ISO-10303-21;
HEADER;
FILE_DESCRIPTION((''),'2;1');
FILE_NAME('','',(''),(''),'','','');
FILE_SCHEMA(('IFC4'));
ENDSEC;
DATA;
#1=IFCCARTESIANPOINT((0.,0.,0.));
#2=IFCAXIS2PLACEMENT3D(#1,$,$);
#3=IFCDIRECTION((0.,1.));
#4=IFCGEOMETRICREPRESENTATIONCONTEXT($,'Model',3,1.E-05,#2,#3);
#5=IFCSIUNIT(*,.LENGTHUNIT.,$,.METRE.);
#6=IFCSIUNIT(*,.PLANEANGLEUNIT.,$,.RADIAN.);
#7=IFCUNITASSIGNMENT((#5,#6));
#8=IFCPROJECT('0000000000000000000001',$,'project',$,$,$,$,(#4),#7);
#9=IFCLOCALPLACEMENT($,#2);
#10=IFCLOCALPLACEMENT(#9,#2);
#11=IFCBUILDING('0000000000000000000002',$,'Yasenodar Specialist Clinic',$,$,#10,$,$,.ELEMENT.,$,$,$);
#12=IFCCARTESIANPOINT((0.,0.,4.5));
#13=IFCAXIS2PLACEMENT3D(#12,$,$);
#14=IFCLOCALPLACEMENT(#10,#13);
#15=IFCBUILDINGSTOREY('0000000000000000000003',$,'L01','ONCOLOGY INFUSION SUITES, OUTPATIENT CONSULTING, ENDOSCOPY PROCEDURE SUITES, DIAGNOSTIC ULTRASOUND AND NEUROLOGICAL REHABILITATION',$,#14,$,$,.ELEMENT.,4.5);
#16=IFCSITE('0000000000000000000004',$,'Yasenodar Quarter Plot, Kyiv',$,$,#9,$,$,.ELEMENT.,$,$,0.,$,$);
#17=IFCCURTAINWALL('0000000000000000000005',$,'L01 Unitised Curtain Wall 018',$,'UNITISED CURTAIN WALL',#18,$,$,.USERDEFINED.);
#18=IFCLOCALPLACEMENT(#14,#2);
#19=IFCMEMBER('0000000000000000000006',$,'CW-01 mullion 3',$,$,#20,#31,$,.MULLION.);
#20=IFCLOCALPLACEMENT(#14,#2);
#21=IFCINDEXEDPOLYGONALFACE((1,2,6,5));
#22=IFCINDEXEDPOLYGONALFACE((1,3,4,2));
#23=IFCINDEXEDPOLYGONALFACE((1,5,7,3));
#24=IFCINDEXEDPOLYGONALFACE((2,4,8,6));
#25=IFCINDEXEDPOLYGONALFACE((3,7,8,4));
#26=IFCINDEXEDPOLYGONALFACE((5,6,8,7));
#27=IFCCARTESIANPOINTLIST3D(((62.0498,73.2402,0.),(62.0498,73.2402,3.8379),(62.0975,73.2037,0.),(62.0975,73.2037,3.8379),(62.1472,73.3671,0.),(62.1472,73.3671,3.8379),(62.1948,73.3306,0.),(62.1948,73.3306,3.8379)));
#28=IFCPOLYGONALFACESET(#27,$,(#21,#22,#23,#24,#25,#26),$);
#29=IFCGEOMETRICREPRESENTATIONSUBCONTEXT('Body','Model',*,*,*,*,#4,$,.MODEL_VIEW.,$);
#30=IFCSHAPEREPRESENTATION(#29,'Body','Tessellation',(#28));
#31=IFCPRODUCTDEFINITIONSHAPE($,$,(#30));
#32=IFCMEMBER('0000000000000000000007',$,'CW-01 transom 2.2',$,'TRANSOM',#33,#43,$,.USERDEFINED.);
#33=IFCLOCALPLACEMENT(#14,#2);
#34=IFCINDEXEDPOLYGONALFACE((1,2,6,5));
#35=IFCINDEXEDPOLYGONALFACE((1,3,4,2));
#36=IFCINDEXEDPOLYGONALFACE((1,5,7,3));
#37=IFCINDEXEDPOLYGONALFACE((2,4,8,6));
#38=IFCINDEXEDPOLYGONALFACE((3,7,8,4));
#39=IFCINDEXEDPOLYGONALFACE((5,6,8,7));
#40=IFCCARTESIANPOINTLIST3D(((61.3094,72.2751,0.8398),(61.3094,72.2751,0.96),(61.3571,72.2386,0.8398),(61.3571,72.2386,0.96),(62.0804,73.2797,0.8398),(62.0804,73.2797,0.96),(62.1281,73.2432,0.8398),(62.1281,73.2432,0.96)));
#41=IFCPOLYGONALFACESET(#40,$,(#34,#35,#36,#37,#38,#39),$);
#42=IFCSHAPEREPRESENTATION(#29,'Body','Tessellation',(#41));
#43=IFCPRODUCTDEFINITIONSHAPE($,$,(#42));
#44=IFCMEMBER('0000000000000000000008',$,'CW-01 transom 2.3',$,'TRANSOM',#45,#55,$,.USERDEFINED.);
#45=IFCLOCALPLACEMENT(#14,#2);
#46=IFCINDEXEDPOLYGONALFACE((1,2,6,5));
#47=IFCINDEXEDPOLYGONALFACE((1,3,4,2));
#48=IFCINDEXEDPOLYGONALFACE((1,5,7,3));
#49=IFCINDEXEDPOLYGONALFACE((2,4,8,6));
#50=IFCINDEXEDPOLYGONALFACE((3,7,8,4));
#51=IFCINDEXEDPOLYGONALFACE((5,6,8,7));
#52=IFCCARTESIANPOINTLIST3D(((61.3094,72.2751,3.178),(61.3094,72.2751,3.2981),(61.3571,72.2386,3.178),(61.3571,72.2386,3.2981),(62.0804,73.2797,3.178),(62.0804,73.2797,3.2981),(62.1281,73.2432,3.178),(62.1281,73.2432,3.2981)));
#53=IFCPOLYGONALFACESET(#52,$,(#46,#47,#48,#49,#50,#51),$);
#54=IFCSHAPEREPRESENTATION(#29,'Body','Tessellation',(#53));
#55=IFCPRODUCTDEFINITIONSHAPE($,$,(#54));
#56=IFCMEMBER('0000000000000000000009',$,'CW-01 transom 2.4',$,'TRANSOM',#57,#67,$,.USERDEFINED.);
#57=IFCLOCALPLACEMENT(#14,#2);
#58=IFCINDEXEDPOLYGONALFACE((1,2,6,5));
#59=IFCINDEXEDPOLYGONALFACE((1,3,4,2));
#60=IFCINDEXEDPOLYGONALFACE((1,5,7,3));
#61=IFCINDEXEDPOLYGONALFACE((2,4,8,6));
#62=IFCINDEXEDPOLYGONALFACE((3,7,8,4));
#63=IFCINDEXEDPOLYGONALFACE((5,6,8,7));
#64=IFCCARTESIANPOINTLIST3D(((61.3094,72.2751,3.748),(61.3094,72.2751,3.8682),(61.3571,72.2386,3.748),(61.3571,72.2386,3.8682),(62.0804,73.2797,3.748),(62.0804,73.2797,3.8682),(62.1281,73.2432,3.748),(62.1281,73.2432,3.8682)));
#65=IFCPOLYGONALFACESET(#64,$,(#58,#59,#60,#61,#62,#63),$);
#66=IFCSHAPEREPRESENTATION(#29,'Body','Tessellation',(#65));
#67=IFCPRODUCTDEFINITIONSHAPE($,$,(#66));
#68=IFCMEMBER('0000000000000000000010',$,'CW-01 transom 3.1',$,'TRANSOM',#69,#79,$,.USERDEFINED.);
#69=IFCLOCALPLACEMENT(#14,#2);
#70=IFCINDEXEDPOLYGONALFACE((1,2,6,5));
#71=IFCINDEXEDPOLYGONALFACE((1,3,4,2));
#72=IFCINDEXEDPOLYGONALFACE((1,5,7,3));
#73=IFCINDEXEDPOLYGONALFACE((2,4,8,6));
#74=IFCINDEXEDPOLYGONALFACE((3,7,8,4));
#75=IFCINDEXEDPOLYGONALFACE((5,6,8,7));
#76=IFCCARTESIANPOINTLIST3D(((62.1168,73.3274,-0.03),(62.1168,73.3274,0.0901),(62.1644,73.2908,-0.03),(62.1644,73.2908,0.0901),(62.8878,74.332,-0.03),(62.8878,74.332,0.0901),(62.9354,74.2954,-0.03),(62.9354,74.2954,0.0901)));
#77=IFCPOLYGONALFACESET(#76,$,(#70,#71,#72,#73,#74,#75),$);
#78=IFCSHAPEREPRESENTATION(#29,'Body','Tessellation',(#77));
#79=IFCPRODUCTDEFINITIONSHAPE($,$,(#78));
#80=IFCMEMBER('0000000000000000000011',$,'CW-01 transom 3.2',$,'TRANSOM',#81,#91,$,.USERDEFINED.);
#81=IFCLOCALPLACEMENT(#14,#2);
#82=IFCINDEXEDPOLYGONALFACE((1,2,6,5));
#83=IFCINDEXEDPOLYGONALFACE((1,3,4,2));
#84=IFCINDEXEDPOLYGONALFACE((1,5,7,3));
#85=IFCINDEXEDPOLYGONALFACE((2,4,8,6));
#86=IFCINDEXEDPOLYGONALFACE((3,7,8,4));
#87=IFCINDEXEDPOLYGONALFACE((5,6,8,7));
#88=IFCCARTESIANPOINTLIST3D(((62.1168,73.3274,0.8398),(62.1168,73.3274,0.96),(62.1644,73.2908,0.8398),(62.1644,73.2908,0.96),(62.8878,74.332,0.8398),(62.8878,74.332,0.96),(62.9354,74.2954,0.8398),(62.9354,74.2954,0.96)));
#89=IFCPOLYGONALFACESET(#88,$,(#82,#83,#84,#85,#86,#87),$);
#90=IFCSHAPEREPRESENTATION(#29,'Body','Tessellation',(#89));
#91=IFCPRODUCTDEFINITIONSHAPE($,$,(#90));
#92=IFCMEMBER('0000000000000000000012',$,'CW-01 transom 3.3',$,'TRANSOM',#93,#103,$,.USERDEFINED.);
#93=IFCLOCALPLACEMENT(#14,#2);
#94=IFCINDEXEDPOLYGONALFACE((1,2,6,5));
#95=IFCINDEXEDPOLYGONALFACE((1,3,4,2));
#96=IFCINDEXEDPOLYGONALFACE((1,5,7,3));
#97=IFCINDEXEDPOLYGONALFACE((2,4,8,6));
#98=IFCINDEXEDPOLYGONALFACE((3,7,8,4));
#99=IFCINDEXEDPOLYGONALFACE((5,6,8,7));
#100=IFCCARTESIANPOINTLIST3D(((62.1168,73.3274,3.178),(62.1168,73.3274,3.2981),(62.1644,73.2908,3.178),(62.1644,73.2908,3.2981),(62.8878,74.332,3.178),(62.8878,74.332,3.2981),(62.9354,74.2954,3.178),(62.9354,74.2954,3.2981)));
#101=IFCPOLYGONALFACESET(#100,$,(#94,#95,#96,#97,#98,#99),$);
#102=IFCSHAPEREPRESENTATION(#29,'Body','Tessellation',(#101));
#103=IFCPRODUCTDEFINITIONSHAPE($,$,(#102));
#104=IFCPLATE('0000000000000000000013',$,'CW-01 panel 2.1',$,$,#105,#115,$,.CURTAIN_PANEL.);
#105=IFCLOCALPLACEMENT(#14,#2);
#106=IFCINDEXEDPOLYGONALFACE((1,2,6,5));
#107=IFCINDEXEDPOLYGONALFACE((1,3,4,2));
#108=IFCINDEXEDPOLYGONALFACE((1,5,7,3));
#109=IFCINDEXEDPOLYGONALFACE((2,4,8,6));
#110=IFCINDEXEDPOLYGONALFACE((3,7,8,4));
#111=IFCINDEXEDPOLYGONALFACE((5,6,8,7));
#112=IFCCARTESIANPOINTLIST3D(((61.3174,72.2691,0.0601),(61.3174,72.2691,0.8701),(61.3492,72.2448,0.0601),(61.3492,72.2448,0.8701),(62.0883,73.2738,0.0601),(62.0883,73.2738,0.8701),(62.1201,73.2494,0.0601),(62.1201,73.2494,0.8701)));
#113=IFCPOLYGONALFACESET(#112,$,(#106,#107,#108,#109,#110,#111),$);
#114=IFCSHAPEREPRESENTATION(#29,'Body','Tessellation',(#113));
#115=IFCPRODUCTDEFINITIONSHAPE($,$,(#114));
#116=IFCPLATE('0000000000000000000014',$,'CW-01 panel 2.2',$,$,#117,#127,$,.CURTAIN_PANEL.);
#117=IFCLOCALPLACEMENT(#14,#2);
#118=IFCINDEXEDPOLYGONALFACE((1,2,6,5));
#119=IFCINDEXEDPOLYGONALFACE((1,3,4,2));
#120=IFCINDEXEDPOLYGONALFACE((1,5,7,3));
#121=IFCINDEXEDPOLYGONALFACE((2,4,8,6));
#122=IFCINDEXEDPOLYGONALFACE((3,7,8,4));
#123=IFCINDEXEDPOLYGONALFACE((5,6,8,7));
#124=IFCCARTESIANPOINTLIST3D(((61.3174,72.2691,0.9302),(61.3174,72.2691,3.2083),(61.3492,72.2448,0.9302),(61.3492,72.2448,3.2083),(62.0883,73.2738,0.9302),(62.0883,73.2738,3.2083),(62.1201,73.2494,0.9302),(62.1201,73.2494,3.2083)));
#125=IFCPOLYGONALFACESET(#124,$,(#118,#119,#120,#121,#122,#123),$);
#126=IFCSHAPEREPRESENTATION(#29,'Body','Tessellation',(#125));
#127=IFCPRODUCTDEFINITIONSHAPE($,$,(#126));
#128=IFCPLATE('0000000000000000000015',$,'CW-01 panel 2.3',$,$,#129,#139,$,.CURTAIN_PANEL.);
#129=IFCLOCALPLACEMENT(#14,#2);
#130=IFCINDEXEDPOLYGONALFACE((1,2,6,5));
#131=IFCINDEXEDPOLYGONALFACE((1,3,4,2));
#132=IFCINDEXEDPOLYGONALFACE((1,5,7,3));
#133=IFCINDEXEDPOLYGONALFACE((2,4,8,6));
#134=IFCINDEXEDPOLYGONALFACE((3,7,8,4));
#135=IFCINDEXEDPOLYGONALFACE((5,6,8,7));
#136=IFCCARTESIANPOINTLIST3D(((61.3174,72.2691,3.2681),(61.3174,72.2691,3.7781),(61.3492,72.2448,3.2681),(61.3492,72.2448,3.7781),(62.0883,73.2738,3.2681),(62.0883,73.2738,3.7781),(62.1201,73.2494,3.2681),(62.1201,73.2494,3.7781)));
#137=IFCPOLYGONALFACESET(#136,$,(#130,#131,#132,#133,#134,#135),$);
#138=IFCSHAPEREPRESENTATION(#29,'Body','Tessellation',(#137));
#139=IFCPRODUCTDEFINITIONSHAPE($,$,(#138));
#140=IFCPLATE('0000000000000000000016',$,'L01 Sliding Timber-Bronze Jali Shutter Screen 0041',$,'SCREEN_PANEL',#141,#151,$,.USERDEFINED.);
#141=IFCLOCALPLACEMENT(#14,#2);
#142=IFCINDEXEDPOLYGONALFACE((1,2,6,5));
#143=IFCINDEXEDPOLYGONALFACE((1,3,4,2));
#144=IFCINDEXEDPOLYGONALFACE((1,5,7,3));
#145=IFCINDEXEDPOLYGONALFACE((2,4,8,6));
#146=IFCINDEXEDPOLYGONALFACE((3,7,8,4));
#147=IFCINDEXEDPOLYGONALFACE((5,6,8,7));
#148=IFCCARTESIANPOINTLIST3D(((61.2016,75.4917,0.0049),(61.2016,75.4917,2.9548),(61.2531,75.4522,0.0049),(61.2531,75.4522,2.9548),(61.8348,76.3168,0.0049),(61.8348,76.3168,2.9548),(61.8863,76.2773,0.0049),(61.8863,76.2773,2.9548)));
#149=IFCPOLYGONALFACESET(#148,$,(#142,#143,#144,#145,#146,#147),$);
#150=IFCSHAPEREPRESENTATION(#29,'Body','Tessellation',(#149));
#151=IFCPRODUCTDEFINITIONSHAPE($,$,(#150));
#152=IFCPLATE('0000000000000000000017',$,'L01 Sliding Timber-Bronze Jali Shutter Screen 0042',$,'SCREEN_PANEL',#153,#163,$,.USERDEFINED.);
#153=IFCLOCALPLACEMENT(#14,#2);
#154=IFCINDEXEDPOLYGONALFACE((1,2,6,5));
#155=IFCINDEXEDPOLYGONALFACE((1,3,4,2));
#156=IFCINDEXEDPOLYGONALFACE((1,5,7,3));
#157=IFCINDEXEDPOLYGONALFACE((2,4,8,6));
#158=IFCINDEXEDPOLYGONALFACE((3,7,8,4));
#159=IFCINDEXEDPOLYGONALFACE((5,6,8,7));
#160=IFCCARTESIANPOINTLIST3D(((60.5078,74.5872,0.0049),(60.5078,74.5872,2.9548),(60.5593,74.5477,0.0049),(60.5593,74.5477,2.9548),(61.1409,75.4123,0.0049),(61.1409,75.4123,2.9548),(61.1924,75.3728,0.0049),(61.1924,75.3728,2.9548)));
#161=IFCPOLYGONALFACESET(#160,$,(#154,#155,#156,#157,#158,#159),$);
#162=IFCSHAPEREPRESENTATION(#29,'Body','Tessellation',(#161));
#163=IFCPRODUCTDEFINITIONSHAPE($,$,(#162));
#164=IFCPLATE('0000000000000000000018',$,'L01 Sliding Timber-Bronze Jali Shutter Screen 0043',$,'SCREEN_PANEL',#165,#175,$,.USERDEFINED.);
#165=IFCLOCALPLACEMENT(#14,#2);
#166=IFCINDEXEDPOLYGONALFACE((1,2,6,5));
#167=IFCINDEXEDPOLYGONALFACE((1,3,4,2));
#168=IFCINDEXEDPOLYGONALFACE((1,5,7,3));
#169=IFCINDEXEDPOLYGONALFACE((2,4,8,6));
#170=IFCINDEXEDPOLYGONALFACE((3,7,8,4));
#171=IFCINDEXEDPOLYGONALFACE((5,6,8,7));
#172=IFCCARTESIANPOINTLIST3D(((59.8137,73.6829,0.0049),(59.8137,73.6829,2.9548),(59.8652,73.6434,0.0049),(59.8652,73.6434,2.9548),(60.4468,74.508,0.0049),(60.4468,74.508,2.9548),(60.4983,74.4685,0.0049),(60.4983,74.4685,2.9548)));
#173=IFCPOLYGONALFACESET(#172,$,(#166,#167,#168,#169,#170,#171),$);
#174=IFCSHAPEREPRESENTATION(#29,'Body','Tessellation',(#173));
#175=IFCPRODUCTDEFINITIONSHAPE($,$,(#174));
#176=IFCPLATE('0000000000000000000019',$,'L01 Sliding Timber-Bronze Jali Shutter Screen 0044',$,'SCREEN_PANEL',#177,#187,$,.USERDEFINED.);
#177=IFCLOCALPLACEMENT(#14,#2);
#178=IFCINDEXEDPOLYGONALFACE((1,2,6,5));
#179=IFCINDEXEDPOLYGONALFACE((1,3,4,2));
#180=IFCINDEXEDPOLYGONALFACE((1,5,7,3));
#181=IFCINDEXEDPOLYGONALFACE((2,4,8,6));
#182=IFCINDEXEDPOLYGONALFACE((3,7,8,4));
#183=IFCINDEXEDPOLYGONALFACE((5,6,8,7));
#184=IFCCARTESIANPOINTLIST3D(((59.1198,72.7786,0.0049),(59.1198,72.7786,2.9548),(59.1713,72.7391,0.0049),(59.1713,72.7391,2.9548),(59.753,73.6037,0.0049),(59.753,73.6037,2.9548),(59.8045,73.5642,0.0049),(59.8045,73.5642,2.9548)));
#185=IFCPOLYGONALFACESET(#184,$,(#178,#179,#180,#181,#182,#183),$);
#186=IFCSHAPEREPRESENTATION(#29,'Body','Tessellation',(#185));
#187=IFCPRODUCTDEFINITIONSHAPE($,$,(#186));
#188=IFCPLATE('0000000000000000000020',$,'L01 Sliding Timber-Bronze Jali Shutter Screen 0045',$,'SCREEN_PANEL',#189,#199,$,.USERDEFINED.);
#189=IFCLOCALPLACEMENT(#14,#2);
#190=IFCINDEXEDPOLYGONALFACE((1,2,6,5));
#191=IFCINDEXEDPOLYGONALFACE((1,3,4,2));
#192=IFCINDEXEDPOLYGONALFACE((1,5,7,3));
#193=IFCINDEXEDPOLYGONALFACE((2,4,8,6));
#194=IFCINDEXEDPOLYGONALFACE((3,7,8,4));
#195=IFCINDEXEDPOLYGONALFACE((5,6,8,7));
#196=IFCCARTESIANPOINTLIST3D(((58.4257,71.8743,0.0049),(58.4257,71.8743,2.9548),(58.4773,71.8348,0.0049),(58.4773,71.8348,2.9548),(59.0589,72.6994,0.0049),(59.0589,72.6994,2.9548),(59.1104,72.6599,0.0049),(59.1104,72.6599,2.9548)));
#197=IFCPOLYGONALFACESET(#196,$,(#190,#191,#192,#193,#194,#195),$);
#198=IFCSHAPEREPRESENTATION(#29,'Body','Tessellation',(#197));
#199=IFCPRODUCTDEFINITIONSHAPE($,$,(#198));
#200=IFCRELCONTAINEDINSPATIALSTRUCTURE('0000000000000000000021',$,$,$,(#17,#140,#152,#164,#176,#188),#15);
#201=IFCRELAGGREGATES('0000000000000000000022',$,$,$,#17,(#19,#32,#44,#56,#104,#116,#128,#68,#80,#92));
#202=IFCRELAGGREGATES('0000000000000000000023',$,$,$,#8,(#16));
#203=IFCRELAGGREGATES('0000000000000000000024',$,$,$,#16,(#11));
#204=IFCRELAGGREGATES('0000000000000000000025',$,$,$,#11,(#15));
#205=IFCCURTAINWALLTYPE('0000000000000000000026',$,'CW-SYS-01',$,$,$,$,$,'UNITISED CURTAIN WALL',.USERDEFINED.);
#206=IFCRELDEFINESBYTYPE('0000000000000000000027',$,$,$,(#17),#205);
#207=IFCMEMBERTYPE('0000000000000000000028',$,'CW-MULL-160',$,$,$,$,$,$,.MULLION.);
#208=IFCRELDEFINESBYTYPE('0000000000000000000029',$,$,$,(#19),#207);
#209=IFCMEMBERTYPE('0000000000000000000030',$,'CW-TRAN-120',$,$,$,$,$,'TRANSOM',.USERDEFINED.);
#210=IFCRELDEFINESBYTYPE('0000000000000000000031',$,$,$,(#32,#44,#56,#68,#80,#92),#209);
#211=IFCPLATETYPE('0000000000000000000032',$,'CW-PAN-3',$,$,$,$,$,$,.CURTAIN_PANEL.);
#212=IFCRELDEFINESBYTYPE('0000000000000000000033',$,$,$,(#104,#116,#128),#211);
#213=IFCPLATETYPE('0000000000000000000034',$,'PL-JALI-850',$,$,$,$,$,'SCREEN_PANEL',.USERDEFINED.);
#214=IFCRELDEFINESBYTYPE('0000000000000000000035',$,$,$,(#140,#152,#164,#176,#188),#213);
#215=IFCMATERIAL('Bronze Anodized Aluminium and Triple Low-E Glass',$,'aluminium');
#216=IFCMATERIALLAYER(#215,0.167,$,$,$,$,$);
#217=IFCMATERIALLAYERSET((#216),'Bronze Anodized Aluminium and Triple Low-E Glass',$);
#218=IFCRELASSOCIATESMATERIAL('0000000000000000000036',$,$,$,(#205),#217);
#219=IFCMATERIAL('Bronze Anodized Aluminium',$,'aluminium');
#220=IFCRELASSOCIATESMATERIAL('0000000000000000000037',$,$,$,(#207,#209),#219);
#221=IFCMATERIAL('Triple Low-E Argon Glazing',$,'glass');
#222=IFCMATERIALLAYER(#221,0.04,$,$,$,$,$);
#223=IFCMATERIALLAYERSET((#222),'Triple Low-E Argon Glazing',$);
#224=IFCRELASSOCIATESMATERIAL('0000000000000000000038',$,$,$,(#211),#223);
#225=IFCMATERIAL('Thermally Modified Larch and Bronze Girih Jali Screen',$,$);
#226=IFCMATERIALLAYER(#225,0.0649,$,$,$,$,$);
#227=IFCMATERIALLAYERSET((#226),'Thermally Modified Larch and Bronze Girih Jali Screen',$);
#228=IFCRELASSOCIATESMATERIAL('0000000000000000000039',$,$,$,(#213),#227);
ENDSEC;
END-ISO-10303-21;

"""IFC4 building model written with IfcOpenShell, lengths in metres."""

from ifc_helpers import new_model, si_unit, direction, frame, origin, origin_2d, place, context, subcontext, project, spatial, rectangle, extrude, material, layer, layer_set, material_profile, profile_set, type_object, element, aggregate, save


model = new_model("IFC4")

# Units and contexts
model_context = context("Model", 3, precision=1e-05, world=origin(), true_north=direction((0.0, 1.0)))
body_context = subcontext(model_context, "Body", "Model", "MODEL_VIEW")
ifc_project = project(units=[si_unit("LENGTHUNIT", "METRE"), si_unit("PLANEANGLEUNIT", "RADIAN")], contexts=[model_context])

# Site, building, storey
site_placement = place(None, origin())
site = spatial("IfcSite", under=ifc_project, at=site_placement, Name="Yasenodar Quarter Plot, Kyiv", CompositionType="ELEMENT", RefElevation=0.0)
building_placement = place(site_placement, origin())
building = spatial("IfcBuilding", under=site, at=building_placement, Name="Yasenodar Specialist Clinic", CompositionType="ELEMENT")
storey_placement = place(building_placement, frame((0.0, 0.0, 4.5)))
storey = spatial("IfcBuildingStorey", under=building, at=storey_placement, Name="L01", Description="ONCOLOGY INFUSION SUITES, OUTPATIENT CONSULTING, ENDOSCOPY PROCEDURE SUITES, DIAGNOSTIC ULTRASOUND AND NEUROLOGICAL REHABILITATION", CompositionType="ELEMENT", Elevation=4.5)

# Curtain wall, members, plates
ifc_material_1 = material(Name="Bronze Anodized Aluminium and Triple Low-E Glass", Category="aluminium")
ifc_layer_1 = layer(ifc_material_1, 0.167)
ifc_layer_set_1 = layer_set([ifc_layer_1], Name="Bronze Anodized Aluminium and Triple Low-E Glass")
curtain_wall_type = type_object("IfcCurtainWallType", Name="CW-SYS-01", ElementType="UNITISED CURTAIN WALL", PredefinedType="USERDEFINED", material=ifc_layer_set_1)
curtain_wall_placement = place(storey_placement, origin())
curtain_wall = element("IfcCurtainWall", 1, at=curtain_wall_placement, inside=storey, type_object=curtain_wall_type, Name="L01 Unitised Curtain Wall 018", ObjectType="UNITISED CURTAIN WALL", PredefinedType="USERDEFINED")
ifc_material_2 = material(Name="Bronze Anodized Aluminium", Category="aluminium")
ifc_material_profile_1 = material_profile(ifc_material_2, rectangle(XDim=0.0601, YDim=0.1599, at=origin_2d()), Name="CW-MULL 60x160")
ifc_profile_set_1 = profile_set([ifc_material_profile_1], Name="Bronze Anodized Aluminium")
member_type_1 = type_object("IfcMemberType", Name="CW-MULL-160", PredefinedType="MULLION", material=ifc_profile_set_1)
member_1_placement = place(storey_placement, frame((62.1223, 73.2854, 0.0), z_axis=(0.0, 0.0, 1.0), x_axis=(-0.793361, 0.608752, 0.0)))
member_1 = element("IfcMember", 2, at=member_1_placement, type_object=member_type_1, Name="CW-01 mullion 3", PredefinedType="MULLION", context=body_context, shape_type="SweptSolid", body=[
    extrude(rectangle(XDim=0.0601, YDim=0.1599, at=origin_2d()), origin(), (0.0, 0.0, 1.0), 3.8379),
])
ifc_material_profile_2 = material_profile(ifc_material_2, rectangle(XDim=0.0601, YDim=0.1201, at=origin_2d()), Name="CW-TRAN 60x120")
ifc_profile_set_2 = profile_set([ifc_material_profile_2], Name="Bronze Anodized Aluminium")
member_type_2 = type_object("IfcMemberType", Name="CW-TRAN-120", ElementType="TRANSOM", PredefinedType="USERDEFINED", material=ifc_profile_set_2)
member_2_placement = place(storey_placement, frame((61.3333, 72.2568, 0.8999), z_axis=(0.608816, 0.793311, 0.0), x_axis=(-0.793311, 0.608816, 0.0)))
member_2 = element("IfcMember", 3, at=member_2_placement, type_object=member_type_2, Name="CW-01 transom 2.2", ObjectType="TRANSOM", PredefinedType="USERDEFINED", context=body_context, shape_type="SweptSolid", body=[
    extrude(rectangle(XDim=0.0601, YDim=0.1201, at=origin_2d()), origin(), (0.0, 0.0, 1.0), 1.2664),
])
member_3_placement = place(storey_placement, frame((61.3333, 72.2568, 3.238), z_axis=(0.608816, 0.793311, 0.0), x_axis=(-0.793311, 0.608816, 0.0)))
member_3 = element("IfcMember", 4, at=member_3_placement, type_object=member_type_2, Name="CW-01 transom 2.3", ObjectType="TRANSOM", PredefinedType="USERDEFINED", context=body_context, shape_type="SweptSolid", body=[
    extrude(rectangle(XDim=0.0601, YDim=0.1201, at=origin_2d()), origin(), (0.0, 0.0, 1.0), 1.2664),
])
member_4_placement = place(storey_placement, frame((61.3333, 72.2568, 3.8081), z_axis=(0.608816, 0.793311, 0.0), x_axis=(-0.793311, 0.608816, 0.0)))
member_4 = element("IfcMember", 5, at=member_4_placement, type_object=member_type_2, Name="CW-01 transom 2.4", ObjectType="TRANSOM", PredefinedType="USERDEFINED", context=body_context, shape_type="SweptSolid", body=[
    extrude(rectangle(XDim=0.0601, YDim=0.1201, at=origin_2d()), origin(), (0.0, 0.0, 1.0), 1.2664),
])
member_5_placement = place(storey_placement, frame((62.1406, 73.3091, 0.03), z_axis=(0.608816, 0.793311, 0.0), x_axis=(-0.793311, 0.608816, 0.0)))
member_5 = element("IfcMember", 6, at=member_5_placement, type_object=member_type_2, Name="CW-01 transom 3.1", ObjectType="TRANSOM", PredefinedType="USERDEFINED", context=body_context, shape_type="SweptSolid", body=[
    extrude(rectangle(XDim=0.0601, YDim=0.1201, at=origin_2d()), origin(), (0.0, 0.0, 1.0), 1.2664),
])
member_6_placement = place(storey_placement, frame((62.1406, 73.3091, 0.8999), z_axis=(0.608816, 0.793311, 0.0), x_axis=(-0.793311, 0.608816, 0.0)))
member_6 = element("IfcMember", 7, at=member_6_placement, type_object=member_type_2, Name="CW-01 transom 3.2", ObjectType="TRANSOM", PredefinedType="USERDEFINED", context=body_context, shape_type="SweptSolid", body=[
    extrude(rectangle(XDim=0.0601, YDim=0.1201, at=origin_2d()), origin(), (0.0, 0.0, 1.0), 1.2664),
])
member_7_placement = place(storey_placement, frame((62.1406, 73.3091, 3.238), z_axis=(0.608816, 0.793311, 0.0), x_axis=(-0.793311, 0.608816, 0.0)))
member_7 = element("IfcMember", 8, at=member_7_placement, type_object=member_type_2, Name="CW-01 transom 3.3", ObjectType="TRANSOM", PredefinedType="USERDEFINED", context=body_context, shape_type="SweptSolid", body=[
    extrude(rectangle(XDim=0.0601, YDim=0.1201, at=origin_2d()), origin(), (0.0, 0.0, 1.0), 1.2664),
])
ifc_material_3 = material(Name="Triple Low-E Argon Glazing", Category="glass")
ifc_layer_2 = layer(ifc_material_3, 0.04)
ifc_layer_set_2 = layer_set([ifc_layer_2], Name="Triple Low-E Argon Glazing")
plate_type_1 = type_object("IfcPlateType", Name="CW-PAN-3", PredefinedType="CURTAIN_PANEL", material=ifc_layer_set_2)
plate_1_placement = place(storey_placement, frame((61.7188, 72.7593, 0.0601), z_axis=(0.0, 0.0, 1.0), x_axis=(0.608752, 0.793361, 0.0)))
plate_1 = element("IfcPlate", 9, at=plate_1_placement, type_object=plate_type_1, Name="CW-01 panel 2.1", PredefinedType="CURTAIN_PANEL", context=body_context, shape_type="SweptSolid", body=[
    extrude(rectangle(XDim=1.2664, YDim=0.04, at=origin_2d()), origin(), (0.0, 0.0, 1.0), 0.8101),
])
plate_2_placement = place(storey_placement, frame((61.7188, 72.7593, 0.9302), z_axis=(0.0, 0.0, 1.0), x_axis=(0.608752, 0.793361, 0.0)))
plate_2 = element("IfcPlate", 10, at=plate_2_placement, type_object=plate_type_1, Name="CW-01 panel 2.2", PredefinedType="CURTAIN_PANEL", context=body_context, shape_type="SweptSolid", body=[
    extrude(rectangle(XDim=1.2664, YDim=0.04, at=origin_2d()), origin(), (0.0, 0.0, 1.0), 2.2781),
])
plate_3_placement = place(storey_placement, frame((61.7188, 72.7593, 3.2681), z_axis=(0.0, 0.0, 1.0), x_axis=(0.608752, 0.793361, 0.0)))
plate_3 = element("IfcPlate", 11, at=plate_3_placement, type_object=plate_type_1, Name="CW-01 panel 2.3", PredefinedType="CURTAIN_PANEL", context=body_context, shape_type="SweptSolid", body=[
    extrude(rectangle(XDim=1.2664, YDim=0.04, at=origin_2d()), origin(), (0.0, 0.0, 1.0), 0.51),
])
aggregate(curtain_wall, [member_1, member_2, member_3, member_4, plate_1, plate_2, plate_3, member_5, member_6, member_7])

# Plates
ifc_material_4 = material(Name="Thermally Modified Larch and Bronze Girih Jali Screen")
ifc_layer_3 = layer(ifc_material_4, 0.0649)
ifc_layer_set_3 = layer_set([ifc_layer_3], Name="Thermally Modified Larch and Bronze Girih Jali Screen")
plate_type_2 = type_object("IfcPlateType", Name="PL-JALI-850", ElementType="SCREEN_PANEL", PredefinedType="USERDEFINED", material=ifc_layer_set_3)
for number, where, z_axis, x_axis, name in (
    (12, (61.5439, 75.8845, 0.0049), (0.0, 0.0, 1.0), (-0.608764, -0.793351, 0.0), "L01 Sliding Timber-Bronze Jali Shutter Screen 0041"),
    (13, (60.8501, 74.98, 0.0049), (0.0, 0.0, 1.0), (-0.608764, -0.793351, 0.0), "L01 Sliding Timber-Bronze Jali Shutter Screen 0042"),
    (14, (60.156, 74.0757, 0.0049), (0.0, 0.0, 1.0), (-0.608764, -0.793351, 0.0), "L01 Sliding Timber-Bronze Jali Shutter Screen 0043"),
    (15, (59.4622, 73.1714, 0.0049), (0.0, 0.0, 1.0), (-0.608764, -0.793351, 0.0), "L01 Sliding Timber-Bronze Jali Shutter Screen 0044"),
    (16, (58.7681, 72.2671, 0.0049), (0.0, 0.0, 1.0), (-0.608764, -0.793351, 0.0), "L01 Sliding Timber-Bronze Jali Shutter Screen 0045"),
):
    element("IfcPlate", number, at=place(storey_placement, frame(where, z_axis=z_axis, x_axis=x_axis)), inside=storey, type_object=plate_type_2, Name=name, ObjectType="SCREEN_PANEL", PredefinedType="USERDEFINED", context=body_context, shape_type="SweptSolid", body=[
        extrude(rectangle(XDim=1.04, YDim=0.0649, at=origin_2d()), origin(), (0.0, 0.0, 1.0), 2.95),
    ])

save(model, "model.ifc")
